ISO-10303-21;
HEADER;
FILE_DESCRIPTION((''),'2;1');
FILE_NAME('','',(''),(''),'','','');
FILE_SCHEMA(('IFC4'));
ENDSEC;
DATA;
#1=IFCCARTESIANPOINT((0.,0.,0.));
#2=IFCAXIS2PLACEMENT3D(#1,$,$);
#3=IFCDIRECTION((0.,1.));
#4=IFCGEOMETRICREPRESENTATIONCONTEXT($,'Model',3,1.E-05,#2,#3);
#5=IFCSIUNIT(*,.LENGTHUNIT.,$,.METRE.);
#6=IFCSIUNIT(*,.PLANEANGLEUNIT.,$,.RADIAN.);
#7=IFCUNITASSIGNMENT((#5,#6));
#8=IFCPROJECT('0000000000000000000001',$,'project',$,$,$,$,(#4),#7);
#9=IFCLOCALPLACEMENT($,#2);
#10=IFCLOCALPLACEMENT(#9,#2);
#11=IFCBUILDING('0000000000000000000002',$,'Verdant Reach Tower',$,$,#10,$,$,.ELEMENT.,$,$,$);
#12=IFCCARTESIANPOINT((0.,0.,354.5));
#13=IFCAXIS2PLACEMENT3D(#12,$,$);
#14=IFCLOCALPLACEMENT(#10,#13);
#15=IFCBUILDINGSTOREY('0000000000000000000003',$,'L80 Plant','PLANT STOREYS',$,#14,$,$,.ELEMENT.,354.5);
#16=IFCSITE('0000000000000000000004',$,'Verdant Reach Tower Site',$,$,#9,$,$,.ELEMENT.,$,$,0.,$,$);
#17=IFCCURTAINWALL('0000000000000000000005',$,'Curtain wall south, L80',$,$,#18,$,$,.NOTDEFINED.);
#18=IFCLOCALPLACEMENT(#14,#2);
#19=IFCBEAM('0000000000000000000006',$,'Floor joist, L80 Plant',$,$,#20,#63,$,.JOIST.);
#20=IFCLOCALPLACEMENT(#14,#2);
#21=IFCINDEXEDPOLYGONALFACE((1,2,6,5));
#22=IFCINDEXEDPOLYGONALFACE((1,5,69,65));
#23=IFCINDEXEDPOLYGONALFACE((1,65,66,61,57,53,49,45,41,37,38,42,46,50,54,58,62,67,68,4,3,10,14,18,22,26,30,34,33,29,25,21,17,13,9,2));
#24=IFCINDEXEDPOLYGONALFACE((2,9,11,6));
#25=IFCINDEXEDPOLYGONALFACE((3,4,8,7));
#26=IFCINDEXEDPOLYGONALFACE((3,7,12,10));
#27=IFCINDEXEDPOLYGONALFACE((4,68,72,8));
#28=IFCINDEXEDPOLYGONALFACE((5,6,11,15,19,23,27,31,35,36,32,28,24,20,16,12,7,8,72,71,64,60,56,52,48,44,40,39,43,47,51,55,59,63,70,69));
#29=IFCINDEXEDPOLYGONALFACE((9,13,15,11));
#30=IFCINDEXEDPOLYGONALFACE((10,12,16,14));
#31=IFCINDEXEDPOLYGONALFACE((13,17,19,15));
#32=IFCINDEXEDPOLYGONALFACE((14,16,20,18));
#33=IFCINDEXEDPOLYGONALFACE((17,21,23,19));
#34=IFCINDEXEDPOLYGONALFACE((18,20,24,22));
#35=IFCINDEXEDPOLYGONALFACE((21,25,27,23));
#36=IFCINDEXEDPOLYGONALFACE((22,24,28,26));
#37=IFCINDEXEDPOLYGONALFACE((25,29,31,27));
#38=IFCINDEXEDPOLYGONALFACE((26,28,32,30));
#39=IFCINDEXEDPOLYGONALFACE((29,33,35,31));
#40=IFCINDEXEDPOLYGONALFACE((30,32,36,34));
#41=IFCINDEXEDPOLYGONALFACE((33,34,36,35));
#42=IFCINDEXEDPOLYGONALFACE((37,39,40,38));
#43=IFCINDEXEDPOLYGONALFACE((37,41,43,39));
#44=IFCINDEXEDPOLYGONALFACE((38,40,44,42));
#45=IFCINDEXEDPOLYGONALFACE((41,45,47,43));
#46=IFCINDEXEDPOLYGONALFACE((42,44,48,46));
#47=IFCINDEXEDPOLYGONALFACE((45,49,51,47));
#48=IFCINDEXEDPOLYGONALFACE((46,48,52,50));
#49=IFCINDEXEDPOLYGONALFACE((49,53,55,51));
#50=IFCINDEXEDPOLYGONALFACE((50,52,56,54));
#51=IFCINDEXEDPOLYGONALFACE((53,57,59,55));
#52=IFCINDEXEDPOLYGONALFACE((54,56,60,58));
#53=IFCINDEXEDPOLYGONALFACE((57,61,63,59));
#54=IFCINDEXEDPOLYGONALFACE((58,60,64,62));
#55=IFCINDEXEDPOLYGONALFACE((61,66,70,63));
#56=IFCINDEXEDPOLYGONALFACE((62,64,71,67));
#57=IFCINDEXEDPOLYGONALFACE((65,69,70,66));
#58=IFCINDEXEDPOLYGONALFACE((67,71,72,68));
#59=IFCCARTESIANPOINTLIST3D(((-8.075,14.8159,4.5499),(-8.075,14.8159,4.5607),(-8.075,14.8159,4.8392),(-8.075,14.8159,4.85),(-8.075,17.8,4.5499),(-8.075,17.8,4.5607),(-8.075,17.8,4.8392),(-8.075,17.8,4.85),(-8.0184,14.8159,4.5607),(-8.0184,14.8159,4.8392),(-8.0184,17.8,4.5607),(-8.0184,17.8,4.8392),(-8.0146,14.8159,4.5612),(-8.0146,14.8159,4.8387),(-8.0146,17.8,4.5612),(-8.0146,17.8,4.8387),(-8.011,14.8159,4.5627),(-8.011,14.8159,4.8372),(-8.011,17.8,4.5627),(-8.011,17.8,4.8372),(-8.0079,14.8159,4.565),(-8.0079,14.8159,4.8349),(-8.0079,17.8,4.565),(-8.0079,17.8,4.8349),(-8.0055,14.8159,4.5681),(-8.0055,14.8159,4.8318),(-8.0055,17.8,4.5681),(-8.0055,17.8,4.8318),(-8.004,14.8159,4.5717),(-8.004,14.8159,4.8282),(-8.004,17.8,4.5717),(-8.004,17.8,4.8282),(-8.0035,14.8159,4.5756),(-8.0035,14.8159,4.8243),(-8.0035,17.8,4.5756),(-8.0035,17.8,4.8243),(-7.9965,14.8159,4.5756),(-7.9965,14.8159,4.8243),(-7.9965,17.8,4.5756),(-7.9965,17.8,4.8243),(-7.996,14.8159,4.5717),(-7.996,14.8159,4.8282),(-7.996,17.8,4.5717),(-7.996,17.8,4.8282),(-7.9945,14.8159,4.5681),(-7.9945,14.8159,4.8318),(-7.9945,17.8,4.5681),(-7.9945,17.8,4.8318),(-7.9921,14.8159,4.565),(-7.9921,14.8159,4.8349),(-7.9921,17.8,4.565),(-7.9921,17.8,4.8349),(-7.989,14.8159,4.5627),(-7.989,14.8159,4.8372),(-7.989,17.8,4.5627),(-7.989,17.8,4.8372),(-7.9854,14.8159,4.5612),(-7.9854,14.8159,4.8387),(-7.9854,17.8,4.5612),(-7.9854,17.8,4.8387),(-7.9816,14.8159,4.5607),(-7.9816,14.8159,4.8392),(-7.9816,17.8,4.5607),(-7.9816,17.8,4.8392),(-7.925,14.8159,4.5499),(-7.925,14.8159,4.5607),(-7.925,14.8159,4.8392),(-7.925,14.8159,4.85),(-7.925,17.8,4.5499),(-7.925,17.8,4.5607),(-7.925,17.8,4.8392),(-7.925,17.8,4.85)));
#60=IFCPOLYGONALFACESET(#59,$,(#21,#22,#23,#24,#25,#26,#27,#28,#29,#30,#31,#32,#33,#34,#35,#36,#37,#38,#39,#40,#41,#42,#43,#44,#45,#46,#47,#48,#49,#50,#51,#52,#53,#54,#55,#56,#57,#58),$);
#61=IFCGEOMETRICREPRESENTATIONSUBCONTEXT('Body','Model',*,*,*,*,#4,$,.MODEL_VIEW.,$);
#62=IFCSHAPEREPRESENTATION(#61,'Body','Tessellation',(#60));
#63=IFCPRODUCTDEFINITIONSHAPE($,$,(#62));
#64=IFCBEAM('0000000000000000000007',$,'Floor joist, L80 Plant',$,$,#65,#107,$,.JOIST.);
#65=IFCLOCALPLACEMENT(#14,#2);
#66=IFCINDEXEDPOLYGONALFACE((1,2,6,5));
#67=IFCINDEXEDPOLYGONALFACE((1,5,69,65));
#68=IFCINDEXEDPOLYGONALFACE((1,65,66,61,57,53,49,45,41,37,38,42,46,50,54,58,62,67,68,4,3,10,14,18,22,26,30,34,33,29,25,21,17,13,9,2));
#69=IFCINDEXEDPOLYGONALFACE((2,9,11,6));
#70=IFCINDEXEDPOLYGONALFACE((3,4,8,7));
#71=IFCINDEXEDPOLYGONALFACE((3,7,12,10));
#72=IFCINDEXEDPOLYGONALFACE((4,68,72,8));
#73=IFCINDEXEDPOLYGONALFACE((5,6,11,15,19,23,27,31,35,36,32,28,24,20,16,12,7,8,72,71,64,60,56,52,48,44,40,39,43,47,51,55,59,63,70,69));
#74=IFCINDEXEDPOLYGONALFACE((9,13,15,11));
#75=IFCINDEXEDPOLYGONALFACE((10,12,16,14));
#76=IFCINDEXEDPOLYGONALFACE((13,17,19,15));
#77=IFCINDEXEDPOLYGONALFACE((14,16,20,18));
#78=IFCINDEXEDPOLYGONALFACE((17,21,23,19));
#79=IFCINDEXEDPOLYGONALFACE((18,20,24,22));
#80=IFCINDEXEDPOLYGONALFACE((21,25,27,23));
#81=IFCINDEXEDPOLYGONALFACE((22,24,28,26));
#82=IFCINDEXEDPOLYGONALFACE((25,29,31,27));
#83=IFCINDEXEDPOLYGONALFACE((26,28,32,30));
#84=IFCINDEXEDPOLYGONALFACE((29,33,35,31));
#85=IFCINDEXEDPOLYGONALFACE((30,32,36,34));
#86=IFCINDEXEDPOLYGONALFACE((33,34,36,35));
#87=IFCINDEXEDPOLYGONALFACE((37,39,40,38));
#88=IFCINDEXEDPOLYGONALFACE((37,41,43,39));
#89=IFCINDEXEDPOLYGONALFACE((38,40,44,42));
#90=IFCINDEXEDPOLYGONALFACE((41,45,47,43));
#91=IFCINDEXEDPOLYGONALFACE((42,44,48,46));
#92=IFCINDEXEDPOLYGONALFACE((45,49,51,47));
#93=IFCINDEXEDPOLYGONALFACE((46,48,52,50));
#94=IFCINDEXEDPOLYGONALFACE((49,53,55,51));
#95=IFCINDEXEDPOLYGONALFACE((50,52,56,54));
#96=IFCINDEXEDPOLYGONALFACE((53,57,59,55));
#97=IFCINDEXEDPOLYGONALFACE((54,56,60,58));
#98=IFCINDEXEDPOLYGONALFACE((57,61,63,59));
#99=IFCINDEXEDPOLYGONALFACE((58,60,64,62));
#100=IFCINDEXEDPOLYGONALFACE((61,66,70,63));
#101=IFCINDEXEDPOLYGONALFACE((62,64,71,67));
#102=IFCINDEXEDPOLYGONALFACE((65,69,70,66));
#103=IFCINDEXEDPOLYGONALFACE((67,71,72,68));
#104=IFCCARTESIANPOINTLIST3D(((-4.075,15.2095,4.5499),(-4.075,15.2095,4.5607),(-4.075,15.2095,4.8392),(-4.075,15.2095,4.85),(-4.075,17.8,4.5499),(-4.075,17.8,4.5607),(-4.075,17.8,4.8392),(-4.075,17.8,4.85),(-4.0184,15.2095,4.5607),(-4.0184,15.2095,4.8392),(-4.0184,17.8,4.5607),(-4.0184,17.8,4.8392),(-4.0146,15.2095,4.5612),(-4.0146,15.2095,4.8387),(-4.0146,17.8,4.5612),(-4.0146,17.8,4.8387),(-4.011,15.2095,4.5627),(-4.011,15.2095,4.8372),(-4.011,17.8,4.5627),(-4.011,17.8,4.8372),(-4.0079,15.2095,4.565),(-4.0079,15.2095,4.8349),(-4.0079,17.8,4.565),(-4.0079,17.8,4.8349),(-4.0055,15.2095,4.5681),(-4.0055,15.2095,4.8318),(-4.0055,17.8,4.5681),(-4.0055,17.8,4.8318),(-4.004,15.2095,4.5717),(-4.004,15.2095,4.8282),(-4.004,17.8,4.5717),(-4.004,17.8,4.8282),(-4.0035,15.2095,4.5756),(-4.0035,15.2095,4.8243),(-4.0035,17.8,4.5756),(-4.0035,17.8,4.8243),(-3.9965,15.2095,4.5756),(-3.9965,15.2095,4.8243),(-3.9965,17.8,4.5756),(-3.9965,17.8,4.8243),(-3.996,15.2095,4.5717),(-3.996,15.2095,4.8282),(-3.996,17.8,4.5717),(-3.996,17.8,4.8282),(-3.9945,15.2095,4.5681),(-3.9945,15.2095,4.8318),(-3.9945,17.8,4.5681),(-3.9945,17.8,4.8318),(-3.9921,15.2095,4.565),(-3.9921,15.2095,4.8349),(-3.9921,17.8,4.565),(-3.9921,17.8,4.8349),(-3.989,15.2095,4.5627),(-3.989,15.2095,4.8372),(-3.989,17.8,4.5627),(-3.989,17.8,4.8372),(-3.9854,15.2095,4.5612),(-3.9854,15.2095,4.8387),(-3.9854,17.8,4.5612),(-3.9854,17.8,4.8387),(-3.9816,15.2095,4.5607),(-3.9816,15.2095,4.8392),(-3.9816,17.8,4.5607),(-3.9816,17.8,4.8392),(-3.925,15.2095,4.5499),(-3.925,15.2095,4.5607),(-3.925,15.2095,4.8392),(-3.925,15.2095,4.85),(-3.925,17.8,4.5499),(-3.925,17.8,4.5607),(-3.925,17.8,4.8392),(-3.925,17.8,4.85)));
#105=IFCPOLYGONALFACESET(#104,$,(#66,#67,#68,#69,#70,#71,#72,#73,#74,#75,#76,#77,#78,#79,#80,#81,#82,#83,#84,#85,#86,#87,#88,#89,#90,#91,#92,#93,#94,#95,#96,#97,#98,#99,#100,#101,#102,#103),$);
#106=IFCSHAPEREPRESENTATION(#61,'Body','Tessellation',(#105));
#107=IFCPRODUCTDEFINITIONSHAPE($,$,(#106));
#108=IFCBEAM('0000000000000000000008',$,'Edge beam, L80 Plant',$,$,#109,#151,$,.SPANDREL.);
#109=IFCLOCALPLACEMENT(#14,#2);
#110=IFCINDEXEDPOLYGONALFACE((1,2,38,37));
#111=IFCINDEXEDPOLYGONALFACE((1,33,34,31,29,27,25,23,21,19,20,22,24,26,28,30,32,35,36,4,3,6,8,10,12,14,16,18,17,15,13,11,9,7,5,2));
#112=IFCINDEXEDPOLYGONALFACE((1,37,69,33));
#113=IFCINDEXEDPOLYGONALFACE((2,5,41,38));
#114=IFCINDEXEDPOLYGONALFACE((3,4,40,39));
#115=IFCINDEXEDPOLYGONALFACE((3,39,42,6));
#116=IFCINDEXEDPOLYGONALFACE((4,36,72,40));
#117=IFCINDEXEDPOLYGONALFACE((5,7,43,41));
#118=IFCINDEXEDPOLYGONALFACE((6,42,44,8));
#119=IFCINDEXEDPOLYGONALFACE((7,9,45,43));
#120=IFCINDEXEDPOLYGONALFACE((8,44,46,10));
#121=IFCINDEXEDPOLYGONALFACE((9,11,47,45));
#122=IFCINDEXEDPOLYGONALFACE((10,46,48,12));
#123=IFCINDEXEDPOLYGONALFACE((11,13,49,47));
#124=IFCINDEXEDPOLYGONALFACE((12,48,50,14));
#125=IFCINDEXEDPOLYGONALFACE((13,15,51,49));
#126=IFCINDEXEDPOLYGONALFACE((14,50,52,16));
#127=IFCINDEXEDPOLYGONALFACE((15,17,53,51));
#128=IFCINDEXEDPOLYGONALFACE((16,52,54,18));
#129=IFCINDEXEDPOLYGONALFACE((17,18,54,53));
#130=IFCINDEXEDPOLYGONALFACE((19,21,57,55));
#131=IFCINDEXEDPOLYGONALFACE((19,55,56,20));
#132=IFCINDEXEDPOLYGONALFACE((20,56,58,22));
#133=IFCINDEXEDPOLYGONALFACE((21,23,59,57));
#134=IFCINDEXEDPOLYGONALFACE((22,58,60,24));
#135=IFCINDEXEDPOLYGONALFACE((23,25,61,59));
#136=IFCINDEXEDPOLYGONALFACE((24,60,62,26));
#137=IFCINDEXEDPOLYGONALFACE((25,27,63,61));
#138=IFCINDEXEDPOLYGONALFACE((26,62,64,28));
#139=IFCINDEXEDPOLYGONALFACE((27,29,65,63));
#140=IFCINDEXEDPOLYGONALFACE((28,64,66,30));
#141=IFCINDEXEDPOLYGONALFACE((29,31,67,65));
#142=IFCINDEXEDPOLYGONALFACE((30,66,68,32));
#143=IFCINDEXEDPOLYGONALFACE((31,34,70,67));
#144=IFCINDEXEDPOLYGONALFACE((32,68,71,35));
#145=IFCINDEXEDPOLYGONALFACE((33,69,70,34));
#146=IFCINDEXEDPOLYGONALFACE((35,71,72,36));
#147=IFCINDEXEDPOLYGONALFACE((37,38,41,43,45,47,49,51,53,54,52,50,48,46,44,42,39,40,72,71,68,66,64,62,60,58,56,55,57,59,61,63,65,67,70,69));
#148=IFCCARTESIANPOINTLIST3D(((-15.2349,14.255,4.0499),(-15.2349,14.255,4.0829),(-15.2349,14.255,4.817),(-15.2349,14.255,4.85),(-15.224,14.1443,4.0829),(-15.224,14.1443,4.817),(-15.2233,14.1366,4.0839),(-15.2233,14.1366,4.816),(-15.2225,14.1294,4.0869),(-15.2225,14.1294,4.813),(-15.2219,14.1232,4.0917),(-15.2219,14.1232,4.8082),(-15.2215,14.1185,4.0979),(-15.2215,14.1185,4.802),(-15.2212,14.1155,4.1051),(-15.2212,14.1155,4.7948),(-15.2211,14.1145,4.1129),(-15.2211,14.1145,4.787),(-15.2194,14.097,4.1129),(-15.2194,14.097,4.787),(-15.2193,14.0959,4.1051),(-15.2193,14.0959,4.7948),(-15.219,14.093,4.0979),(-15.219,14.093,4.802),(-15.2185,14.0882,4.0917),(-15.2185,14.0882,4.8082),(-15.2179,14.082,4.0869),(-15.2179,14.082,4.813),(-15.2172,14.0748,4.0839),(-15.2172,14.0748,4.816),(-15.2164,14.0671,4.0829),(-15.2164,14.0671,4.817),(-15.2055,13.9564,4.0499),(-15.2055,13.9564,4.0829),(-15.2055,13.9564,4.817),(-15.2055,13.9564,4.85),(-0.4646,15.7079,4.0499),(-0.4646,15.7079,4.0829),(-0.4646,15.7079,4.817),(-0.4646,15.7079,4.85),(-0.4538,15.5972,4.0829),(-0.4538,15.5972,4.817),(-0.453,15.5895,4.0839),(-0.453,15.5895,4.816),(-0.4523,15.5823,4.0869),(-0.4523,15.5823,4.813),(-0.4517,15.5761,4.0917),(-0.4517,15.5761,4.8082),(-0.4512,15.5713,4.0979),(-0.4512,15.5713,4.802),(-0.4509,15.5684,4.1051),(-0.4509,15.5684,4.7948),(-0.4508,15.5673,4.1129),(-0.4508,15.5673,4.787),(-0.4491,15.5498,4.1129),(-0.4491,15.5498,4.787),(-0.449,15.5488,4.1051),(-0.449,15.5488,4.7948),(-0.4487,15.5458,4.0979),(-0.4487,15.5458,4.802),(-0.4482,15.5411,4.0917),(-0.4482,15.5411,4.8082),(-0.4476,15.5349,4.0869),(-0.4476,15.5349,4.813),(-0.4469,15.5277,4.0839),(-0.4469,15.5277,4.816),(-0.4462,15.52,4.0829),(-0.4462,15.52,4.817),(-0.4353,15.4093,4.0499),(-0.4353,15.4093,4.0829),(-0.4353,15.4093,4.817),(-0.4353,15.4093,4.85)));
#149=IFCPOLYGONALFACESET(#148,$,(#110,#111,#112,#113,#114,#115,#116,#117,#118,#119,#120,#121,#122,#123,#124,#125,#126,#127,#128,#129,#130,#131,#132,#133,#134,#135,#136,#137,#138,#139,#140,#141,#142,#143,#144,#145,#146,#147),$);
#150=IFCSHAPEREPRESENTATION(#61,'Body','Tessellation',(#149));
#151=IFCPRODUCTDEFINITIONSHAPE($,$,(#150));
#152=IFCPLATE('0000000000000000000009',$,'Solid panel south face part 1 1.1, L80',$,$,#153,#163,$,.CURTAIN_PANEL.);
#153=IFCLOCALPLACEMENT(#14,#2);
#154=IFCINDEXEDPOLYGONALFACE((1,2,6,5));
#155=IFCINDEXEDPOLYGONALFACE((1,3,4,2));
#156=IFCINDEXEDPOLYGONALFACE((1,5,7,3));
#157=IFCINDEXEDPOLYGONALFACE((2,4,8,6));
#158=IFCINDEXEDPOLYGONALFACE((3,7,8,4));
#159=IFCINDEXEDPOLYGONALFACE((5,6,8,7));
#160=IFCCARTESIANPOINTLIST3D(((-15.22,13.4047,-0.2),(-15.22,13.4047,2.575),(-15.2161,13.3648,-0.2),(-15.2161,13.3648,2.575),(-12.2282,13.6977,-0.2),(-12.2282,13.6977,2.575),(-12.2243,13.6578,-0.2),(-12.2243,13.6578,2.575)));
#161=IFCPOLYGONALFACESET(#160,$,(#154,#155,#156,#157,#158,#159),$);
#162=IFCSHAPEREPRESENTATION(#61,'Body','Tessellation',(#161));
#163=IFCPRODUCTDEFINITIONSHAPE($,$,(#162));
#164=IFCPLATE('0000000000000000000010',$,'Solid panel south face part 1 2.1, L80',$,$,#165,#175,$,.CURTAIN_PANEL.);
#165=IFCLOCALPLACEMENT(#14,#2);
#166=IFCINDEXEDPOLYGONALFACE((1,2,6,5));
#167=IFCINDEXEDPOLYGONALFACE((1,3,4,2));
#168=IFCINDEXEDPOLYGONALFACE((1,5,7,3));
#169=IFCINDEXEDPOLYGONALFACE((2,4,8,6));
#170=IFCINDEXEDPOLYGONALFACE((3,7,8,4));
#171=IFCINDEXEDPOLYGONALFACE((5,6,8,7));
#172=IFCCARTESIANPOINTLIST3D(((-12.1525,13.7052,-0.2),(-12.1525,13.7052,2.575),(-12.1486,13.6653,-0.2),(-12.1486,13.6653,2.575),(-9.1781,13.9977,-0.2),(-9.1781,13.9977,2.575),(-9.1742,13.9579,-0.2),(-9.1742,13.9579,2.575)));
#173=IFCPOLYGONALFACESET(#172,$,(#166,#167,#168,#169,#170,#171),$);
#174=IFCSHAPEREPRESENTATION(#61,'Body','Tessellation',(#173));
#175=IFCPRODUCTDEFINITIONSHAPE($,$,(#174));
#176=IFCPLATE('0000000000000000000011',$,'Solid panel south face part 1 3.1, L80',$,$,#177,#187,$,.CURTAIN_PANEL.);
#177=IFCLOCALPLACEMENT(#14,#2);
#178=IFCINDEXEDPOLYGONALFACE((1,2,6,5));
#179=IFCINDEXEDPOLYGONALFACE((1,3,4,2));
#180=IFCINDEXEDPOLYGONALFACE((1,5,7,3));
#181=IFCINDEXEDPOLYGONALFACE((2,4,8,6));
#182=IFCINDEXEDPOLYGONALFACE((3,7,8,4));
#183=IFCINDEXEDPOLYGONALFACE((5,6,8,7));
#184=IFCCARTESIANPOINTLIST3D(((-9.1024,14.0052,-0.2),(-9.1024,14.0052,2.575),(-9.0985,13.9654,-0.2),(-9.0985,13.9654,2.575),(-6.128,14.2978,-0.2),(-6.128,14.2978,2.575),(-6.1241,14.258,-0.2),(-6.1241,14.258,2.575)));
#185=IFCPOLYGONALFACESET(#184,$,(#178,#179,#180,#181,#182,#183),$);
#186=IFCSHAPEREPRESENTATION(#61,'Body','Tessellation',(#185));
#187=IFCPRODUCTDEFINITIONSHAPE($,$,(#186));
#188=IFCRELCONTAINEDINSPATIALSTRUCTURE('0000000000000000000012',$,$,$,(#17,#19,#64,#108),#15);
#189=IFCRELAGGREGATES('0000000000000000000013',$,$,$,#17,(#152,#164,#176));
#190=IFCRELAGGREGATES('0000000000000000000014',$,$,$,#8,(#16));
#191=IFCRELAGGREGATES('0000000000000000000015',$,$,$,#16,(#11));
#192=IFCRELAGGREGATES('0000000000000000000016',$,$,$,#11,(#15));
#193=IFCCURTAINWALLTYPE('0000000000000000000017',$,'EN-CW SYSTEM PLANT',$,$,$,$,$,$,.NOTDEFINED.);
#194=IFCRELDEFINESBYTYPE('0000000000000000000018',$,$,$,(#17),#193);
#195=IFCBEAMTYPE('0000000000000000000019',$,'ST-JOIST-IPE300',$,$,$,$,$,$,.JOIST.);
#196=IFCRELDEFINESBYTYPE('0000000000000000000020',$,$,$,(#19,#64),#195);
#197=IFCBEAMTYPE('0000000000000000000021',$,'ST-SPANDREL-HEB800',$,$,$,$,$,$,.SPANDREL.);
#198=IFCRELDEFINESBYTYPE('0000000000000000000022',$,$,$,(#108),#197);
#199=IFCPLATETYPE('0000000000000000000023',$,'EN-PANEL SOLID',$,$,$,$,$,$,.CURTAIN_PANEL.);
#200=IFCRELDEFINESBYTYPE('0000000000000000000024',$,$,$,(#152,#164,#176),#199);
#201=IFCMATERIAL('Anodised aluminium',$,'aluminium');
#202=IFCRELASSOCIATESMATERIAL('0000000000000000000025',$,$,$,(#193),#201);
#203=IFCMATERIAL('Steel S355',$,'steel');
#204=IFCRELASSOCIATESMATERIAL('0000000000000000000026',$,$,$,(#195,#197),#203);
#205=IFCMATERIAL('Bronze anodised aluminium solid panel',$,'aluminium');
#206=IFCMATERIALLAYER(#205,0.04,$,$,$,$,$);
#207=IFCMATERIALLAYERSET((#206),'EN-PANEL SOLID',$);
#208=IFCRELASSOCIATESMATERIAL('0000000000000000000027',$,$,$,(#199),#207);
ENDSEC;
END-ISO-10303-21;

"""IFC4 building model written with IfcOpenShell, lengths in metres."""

from ifc_helpers import new_model, si_unit, direction, frame, origin, origin_2d, place, context, subcontext, project, spatial, rectangle, i_section, extrude, material, layer, layer_set, material_profile, profile_set, type_object, element, aggregate, save


model = new_model("IFC4")

# Units and contexts
model_context = context("Model", 3, precision=1e-05, world=origin(), true_north=direction((0.0, 1.0)))
body_context = subcontext(model_context, "Body", "Model", "MODEL_VIEW")
ifc_project = project(units=[si_unit("LENGTHUNIT", "METRE"), si_unit("PLANEANGLEUNIT", "RADIAN")], contexts=[model_context])

# Site, building, storey
site_placement = place(None, origin())
site = spatial("IfcSite", under=ifc_project, at=site_placement, Name="Verdant Reach Tower Site", CompositionType="ELEMENT", RefElevation=0.0)
building_placement = place(site_placement, origin())
building = spatial("IfcBuilding", under=site, at=building_placement, Name="Verdant Reach Tower", CompositionType="ELEMENT")
storey_placement = place(building_placement, frame((0.0, 0.0, 354.5)))
storey = spatial("IfcBuildingStorey", under=building, at=storey_placement, Name="L80 Plant", Description="PLANT STOREYS", CompositionType="ELEMENT", Elevation=354.5)

# Curtain wall
ifc_material_1 = material(Name="Anodised aluminium", Category="aluminium")
curtain_wall_type = type_object("IfcCurtainWallType", Name="EN-CW SYSTEM PLANT", PredefinedType="NOTDEFINED", material=ifc_material_1)
curtain_wall_placement = place(storey_placement, origin())
curtain_wall = element("IfcCurtainWall", 1, at=curtain_wall_placement, inside=storey, type_object=curtain_wall_type, Name="Curtain wall south, L80", PredefinedType="NOTDEFINED")

# Beams
ifc_material_2 = material(Name="Steel S355", Category="steel")
ifc_material_profile_1 = material_profile(ifc_material_2, i_section(OverallWidth=0.1499, OverallDepth=0.3, WebThickness=0.0071, FlangeThickness=0.0107, FilletRadius=0.0149, at=origin_2d()), Name="IPE 300")
ifc_profile_set_1 = profile_set([ifc_material_profile_1], Name="Steel S355")
beam_type_1 = type_object("IfcBeamType", Name="ST-JOIST-IPE300", PredefinedType="JOIST", material=ifc_profile_set_1)
beam_1_placement = place(storey_placement, frame((-8.0, 17.8, 4.7), z_axis=(0.0, -1.0, 0.0), x_axis=(1.0, 0.0, 0.0)))
element("IfcBeam", 2, at=beam_1_placement, inside=storey, type_object=beam_type_1, Name="Floor joist, L80 Plant", PredefinedType="JOIST", context=body_context, shape_type="SweptSolid", body=[
    extrude(i_section(OverallWidth=0.1499, OverallDepth=0.3, WebThickness=0.0071, FlangeThickness=0.0107, FilletRadius=0.0149, at=origin_2d()), origin(), (0.0, 0.0, 1.0), 2.9841),
])
beam_2_placement = place(storey_placement, frame((-4.0, 17.8, 4.7), z_axis=(0.0, -1.0, 0.0), x_axis=(1.0, 0.0, 0.0)))
element("IfcBeam", 3, at=beam_2_placement, inside=storey, type_object=beam_type_1, Name="Floor joist, L80 Plant", PredefinedType="JOIST", context=body_context, shape_type="SweptSolid", body=[
    extrude(i_section(OverallWidth=0.1499, OverallDepth=0.3, WebThickness=0.0071, FlangeThickness=0.0107, FilletRadius=0.0149, at=origin_2d()), origin(), (0.0, 0.0, 1.0), 2.5906),
])
ifc_material_profile_2 = material_profile(ifc_material_2, i_section(OverallWidth=0.3, OverallDepth=0.8, WebThickness=0.0176, FlangeThickness=0.033, FilletRadius=0.03, at=origin_2d()), Name="HEB 800")
ifc_profile_set_2 = profile_set([ifc_material_profile_2], Name="Steel S355")
beam_type_2 = type_object("IfcBeamType", Name="ST-SPANDREL-HEB800", PredefinedType="SPANDREL", material=ifc_profile_set_2)
beam_3_placement = place(storey_placement, frame((-0.45, 15.5586, 4.45), z_axis=(-0.995197, -0.097893, 0.0), x_axis=(0.097893, -0.995197, 0.0)))
element("IfcBeam", 4, at=beam_3_placement, inside=storey, type_object=beam_type_2, Name="Edge beam, L80 Plant", PredefinedType="SPANDREL", context=body_context, shape_type="SweptSolid", body=[
    extrude(i_section(OverallWidth=0.3, OverallDepth=0.8, WebThickness=0.0176, FlangeThickness=0.033, FilletRadius=0.03, at=origin_2d()), origin(), (0.0, 0.0, 1.0), 14.8416),
])

# Plates
ifc_material_3 = material(Name="Bronze anodised aluminium solid panel", Category="aluminium")
ifc_layer_1 = layer(ifc_material_3, 0.04)
ifc_layer_set_1 = layer_set([ifc_layer_1], Name="EN-PANEL SOLID")
plate_type = type_object("IfcPlateType", Name="EN-PANEL SOLID", PredefinedType="CURTAIN_PANEL", material=ifc_layer_set_1)
plate_1_placement = place(storey_placement, frame((-13.7222, 13.5312, -0.2), z_axis=(0.0, 0.0, 1.0), x_axis=(0.995238, 0.097473, 0.0)))
plate_1 = element("IfcPlate", 5, at=plate_1_placement, type_object=plate_type, Name="Solid panel south face part 1 1.1, L80", PredefinedType="CURTAIN_PANEL", context=body_context, shape_type="SweptSolid", body=[
    extrude(rectangle(XDim=3.0061, YDim=0.04, at=origin_2d()), origin(), (0.0, 0.0, 1.0), 2.7749),
])
plate_2_placement = place(storey_placement, frame((-10.6633, 13.8315, -0.2), z_axis=(0.0, 0.0, 1.0), x_axis=(0.995197, 0.097888, 0.0)))
plate_2 = element("IfcPlate", 6, at=plate_2_placement, type_object=plate_type, Name="Solid panel south face part 1 2.1, L80", PredefinedType="CURTAIN_PANEL", context=body_context, shape_type="SweptSolid", body=[
    extrude(rectangle(XDim=2.9888, YDim=0.04, at=origin_2d()), origin(), (0.0, 0.0, 1.0), 2.7749),
])
plate_3_placement = place(storey_placement, frame((-7.6133, 14.1316, -0.2), z_axis=(0.0, 0.0, 1.0), x_axis=(0.995197, 0.097888, 0.0)))
plate_3 = element("IfcPlate", 7, at=plate_3_placement, type_object=plate_type, Name="Solid panel south face part 1 3.1, L80", PredefinedType="CURTAIN_PANEL", context=body_context, shape_type="SweptSolid", body=[
    extrude(rectangle(XDim=2.9888, YDim=0.04, at=origin_2d()), origin(), (0.0, 0.0, 1.0), 2.7749),
])

aggregate(curtain_wall, [plate_1, plate_2, plate_3])

save(model, "model.ifc")
